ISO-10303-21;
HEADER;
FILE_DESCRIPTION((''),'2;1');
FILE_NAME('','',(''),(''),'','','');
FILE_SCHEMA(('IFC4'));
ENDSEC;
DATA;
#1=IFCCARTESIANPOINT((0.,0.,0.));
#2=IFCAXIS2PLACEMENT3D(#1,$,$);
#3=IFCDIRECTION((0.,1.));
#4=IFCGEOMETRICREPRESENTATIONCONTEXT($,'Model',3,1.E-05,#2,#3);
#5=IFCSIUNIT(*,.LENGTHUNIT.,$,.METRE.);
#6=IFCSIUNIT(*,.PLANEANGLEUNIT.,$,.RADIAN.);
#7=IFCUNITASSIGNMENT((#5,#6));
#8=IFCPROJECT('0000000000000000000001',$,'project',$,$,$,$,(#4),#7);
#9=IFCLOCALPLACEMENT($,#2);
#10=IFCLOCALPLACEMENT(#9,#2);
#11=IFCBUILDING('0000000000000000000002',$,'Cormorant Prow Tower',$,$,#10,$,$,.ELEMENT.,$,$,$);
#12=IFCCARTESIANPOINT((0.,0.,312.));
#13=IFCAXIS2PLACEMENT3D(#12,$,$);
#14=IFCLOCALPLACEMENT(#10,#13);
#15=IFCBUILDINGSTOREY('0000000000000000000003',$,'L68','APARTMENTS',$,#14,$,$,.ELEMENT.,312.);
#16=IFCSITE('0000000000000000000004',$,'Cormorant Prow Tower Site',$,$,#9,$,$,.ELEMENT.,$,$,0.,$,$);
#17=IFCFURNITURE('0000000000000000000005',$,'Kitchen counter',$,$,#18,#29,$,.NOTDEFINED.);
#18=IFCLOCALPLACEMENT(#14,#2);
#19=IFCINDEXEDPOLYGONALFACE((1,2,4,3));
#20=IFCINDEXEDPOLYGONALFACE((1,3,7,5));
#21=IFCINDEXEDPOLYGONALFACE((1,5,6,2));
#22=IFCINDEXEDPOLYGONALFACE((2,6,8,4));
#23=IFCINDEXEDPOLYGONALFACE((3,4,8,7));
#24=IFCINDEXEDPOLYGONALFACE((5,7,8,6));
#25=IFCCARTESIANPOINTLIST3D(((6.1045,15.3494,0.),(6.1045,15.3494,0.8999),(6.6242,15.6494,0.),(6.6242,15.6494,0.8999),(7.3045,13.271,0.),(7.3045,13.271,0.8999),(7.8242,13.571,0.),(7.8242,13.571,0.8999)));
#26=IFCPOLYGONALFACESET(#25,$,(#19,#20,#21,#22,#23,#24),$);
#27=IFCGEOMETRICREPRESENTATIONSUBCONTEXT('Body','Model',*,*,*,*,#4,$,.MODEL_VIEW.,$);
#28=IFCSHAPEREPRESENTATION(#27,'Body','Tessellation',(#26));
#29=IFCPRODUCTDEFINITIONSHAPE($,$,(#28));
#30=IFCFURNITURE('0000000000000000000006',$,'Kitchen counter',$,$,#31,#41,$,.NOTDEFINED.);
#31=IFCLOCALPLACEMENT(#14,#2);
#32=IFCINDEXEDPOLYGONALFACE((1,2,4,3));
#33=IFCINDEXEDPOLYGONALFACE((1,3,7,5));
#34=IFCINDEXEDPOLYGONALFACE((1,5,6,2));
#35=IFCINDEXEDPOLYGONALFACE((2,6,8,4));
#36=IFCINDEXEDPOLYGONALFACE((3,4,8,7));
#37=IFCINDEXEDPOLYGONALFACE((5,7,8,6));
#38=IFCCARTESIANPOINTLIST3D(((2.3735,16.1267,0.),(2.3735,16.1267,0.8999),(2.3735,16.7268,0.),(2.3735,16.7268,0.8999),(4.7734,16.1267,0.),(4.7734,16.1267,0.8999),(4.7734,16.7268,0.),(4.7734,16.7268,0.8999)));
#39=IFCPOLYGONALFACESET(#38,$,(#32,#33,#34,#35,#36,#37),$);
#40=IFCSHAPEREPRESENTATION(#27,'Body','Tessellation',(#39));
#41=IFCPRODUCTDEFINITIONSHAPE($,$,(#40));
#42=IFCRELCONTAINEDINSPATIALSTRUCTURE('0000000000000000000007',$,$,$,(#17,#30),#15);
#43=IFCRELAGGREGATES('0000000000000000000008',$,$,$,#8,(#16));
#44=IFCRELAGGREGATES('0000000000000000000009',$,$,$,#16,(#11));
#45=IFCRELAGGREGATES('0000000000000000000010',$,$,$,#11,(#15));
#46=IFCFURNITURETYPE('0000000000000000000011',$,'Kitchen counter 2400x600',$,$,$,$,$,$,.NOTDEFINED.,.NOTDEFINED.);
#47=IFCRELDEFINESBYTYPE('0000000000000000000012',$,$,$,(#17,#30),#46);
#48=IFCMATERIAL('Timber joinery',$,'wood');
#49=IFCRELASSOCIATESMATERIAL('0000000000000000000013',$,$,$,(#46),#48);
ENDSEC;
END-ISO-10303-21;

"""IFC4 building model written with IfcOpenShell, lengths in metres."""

from ifc_helpers import new_model, si_unit, direction, frame, origin, origin_2d, place, context, subcontext, project, spatial, rectangle, extrude, material, type_object, element, save


model = new_model("IFC4")

# Units and contexts
model_context = context("Model", 3, precision=1e-05, world=origin(), true_north=direction((0.0, 1.0)))
body_context = subcontext(model_context, "Body", "Model", "MODEL_VIEW")
ifc_project = project(units=[si_unit("LENGTHUNIT", "METRE"), si_unit("PLANEANGLEUNIT", "RADIAN")], contexts=[model_context])

# Site, building, storey
site_placement = place(None, origin())
site = spatial("IfcSite", under=ifc_project, at=site_placement, Name="Cormorant Prow Tower Site", CompositionType="ELEMENT", RefElevation=0.0)
building_placement = place(site_placement, origin())
building = spatial("IfcBuilding", under=site, at=building_placement, Name="Cormorant Prow Tower", CompositionType="ELEMENT")
storey_placement = place(building_placement, frame((0.0, 0.0, 312.0)))
storey = spatial("IfcBuildingStorey", under=building, at=storey_placement, Name="L68", Description="APARTMENTS", CompositionType="ELEMENT", Elevation=312.0)

# Furniture
ifc_material_1 = material(Name="Timber joinery", Category="wood")
furniture_type = type_object("IfcFurnitureType", Name="Kitchen counter 2400x600", AssemblyPlace="NOTDEFINED", PredefinedType="NOTDEFINED", material=ifc_material_1)
for number, where, z_axis, x_axis, name in (
    (1, (6.9644, 14.4602, 0.0), (0.0, 0.0, 1.0), (0.5, -0.866025, 0.0), "Kitchen counter"),
    (2, (3.5735, 16.4268, 0.0), (0.0, 0.0, 1.0), (1.0, 0.0, 0.0), "Kitchen counter"),
):
    element("IfcFurniture", number, at=place(storey_placement, frame(where, z_axis=z_axis, x_axis=x_axis)), inside=storey, type_object=furniture_type, Name=name, PredefinedType="NOTDEFINED", context=body_context, shape_type="SweptSolid", body=[
        extrude(rectangle(XDim=2.3999, YDim=0.6001, at=origin_2d()), origin(), (0.0, 0.0, 1.0), 0.8999),
    ])

save(model, "model.ifc")
